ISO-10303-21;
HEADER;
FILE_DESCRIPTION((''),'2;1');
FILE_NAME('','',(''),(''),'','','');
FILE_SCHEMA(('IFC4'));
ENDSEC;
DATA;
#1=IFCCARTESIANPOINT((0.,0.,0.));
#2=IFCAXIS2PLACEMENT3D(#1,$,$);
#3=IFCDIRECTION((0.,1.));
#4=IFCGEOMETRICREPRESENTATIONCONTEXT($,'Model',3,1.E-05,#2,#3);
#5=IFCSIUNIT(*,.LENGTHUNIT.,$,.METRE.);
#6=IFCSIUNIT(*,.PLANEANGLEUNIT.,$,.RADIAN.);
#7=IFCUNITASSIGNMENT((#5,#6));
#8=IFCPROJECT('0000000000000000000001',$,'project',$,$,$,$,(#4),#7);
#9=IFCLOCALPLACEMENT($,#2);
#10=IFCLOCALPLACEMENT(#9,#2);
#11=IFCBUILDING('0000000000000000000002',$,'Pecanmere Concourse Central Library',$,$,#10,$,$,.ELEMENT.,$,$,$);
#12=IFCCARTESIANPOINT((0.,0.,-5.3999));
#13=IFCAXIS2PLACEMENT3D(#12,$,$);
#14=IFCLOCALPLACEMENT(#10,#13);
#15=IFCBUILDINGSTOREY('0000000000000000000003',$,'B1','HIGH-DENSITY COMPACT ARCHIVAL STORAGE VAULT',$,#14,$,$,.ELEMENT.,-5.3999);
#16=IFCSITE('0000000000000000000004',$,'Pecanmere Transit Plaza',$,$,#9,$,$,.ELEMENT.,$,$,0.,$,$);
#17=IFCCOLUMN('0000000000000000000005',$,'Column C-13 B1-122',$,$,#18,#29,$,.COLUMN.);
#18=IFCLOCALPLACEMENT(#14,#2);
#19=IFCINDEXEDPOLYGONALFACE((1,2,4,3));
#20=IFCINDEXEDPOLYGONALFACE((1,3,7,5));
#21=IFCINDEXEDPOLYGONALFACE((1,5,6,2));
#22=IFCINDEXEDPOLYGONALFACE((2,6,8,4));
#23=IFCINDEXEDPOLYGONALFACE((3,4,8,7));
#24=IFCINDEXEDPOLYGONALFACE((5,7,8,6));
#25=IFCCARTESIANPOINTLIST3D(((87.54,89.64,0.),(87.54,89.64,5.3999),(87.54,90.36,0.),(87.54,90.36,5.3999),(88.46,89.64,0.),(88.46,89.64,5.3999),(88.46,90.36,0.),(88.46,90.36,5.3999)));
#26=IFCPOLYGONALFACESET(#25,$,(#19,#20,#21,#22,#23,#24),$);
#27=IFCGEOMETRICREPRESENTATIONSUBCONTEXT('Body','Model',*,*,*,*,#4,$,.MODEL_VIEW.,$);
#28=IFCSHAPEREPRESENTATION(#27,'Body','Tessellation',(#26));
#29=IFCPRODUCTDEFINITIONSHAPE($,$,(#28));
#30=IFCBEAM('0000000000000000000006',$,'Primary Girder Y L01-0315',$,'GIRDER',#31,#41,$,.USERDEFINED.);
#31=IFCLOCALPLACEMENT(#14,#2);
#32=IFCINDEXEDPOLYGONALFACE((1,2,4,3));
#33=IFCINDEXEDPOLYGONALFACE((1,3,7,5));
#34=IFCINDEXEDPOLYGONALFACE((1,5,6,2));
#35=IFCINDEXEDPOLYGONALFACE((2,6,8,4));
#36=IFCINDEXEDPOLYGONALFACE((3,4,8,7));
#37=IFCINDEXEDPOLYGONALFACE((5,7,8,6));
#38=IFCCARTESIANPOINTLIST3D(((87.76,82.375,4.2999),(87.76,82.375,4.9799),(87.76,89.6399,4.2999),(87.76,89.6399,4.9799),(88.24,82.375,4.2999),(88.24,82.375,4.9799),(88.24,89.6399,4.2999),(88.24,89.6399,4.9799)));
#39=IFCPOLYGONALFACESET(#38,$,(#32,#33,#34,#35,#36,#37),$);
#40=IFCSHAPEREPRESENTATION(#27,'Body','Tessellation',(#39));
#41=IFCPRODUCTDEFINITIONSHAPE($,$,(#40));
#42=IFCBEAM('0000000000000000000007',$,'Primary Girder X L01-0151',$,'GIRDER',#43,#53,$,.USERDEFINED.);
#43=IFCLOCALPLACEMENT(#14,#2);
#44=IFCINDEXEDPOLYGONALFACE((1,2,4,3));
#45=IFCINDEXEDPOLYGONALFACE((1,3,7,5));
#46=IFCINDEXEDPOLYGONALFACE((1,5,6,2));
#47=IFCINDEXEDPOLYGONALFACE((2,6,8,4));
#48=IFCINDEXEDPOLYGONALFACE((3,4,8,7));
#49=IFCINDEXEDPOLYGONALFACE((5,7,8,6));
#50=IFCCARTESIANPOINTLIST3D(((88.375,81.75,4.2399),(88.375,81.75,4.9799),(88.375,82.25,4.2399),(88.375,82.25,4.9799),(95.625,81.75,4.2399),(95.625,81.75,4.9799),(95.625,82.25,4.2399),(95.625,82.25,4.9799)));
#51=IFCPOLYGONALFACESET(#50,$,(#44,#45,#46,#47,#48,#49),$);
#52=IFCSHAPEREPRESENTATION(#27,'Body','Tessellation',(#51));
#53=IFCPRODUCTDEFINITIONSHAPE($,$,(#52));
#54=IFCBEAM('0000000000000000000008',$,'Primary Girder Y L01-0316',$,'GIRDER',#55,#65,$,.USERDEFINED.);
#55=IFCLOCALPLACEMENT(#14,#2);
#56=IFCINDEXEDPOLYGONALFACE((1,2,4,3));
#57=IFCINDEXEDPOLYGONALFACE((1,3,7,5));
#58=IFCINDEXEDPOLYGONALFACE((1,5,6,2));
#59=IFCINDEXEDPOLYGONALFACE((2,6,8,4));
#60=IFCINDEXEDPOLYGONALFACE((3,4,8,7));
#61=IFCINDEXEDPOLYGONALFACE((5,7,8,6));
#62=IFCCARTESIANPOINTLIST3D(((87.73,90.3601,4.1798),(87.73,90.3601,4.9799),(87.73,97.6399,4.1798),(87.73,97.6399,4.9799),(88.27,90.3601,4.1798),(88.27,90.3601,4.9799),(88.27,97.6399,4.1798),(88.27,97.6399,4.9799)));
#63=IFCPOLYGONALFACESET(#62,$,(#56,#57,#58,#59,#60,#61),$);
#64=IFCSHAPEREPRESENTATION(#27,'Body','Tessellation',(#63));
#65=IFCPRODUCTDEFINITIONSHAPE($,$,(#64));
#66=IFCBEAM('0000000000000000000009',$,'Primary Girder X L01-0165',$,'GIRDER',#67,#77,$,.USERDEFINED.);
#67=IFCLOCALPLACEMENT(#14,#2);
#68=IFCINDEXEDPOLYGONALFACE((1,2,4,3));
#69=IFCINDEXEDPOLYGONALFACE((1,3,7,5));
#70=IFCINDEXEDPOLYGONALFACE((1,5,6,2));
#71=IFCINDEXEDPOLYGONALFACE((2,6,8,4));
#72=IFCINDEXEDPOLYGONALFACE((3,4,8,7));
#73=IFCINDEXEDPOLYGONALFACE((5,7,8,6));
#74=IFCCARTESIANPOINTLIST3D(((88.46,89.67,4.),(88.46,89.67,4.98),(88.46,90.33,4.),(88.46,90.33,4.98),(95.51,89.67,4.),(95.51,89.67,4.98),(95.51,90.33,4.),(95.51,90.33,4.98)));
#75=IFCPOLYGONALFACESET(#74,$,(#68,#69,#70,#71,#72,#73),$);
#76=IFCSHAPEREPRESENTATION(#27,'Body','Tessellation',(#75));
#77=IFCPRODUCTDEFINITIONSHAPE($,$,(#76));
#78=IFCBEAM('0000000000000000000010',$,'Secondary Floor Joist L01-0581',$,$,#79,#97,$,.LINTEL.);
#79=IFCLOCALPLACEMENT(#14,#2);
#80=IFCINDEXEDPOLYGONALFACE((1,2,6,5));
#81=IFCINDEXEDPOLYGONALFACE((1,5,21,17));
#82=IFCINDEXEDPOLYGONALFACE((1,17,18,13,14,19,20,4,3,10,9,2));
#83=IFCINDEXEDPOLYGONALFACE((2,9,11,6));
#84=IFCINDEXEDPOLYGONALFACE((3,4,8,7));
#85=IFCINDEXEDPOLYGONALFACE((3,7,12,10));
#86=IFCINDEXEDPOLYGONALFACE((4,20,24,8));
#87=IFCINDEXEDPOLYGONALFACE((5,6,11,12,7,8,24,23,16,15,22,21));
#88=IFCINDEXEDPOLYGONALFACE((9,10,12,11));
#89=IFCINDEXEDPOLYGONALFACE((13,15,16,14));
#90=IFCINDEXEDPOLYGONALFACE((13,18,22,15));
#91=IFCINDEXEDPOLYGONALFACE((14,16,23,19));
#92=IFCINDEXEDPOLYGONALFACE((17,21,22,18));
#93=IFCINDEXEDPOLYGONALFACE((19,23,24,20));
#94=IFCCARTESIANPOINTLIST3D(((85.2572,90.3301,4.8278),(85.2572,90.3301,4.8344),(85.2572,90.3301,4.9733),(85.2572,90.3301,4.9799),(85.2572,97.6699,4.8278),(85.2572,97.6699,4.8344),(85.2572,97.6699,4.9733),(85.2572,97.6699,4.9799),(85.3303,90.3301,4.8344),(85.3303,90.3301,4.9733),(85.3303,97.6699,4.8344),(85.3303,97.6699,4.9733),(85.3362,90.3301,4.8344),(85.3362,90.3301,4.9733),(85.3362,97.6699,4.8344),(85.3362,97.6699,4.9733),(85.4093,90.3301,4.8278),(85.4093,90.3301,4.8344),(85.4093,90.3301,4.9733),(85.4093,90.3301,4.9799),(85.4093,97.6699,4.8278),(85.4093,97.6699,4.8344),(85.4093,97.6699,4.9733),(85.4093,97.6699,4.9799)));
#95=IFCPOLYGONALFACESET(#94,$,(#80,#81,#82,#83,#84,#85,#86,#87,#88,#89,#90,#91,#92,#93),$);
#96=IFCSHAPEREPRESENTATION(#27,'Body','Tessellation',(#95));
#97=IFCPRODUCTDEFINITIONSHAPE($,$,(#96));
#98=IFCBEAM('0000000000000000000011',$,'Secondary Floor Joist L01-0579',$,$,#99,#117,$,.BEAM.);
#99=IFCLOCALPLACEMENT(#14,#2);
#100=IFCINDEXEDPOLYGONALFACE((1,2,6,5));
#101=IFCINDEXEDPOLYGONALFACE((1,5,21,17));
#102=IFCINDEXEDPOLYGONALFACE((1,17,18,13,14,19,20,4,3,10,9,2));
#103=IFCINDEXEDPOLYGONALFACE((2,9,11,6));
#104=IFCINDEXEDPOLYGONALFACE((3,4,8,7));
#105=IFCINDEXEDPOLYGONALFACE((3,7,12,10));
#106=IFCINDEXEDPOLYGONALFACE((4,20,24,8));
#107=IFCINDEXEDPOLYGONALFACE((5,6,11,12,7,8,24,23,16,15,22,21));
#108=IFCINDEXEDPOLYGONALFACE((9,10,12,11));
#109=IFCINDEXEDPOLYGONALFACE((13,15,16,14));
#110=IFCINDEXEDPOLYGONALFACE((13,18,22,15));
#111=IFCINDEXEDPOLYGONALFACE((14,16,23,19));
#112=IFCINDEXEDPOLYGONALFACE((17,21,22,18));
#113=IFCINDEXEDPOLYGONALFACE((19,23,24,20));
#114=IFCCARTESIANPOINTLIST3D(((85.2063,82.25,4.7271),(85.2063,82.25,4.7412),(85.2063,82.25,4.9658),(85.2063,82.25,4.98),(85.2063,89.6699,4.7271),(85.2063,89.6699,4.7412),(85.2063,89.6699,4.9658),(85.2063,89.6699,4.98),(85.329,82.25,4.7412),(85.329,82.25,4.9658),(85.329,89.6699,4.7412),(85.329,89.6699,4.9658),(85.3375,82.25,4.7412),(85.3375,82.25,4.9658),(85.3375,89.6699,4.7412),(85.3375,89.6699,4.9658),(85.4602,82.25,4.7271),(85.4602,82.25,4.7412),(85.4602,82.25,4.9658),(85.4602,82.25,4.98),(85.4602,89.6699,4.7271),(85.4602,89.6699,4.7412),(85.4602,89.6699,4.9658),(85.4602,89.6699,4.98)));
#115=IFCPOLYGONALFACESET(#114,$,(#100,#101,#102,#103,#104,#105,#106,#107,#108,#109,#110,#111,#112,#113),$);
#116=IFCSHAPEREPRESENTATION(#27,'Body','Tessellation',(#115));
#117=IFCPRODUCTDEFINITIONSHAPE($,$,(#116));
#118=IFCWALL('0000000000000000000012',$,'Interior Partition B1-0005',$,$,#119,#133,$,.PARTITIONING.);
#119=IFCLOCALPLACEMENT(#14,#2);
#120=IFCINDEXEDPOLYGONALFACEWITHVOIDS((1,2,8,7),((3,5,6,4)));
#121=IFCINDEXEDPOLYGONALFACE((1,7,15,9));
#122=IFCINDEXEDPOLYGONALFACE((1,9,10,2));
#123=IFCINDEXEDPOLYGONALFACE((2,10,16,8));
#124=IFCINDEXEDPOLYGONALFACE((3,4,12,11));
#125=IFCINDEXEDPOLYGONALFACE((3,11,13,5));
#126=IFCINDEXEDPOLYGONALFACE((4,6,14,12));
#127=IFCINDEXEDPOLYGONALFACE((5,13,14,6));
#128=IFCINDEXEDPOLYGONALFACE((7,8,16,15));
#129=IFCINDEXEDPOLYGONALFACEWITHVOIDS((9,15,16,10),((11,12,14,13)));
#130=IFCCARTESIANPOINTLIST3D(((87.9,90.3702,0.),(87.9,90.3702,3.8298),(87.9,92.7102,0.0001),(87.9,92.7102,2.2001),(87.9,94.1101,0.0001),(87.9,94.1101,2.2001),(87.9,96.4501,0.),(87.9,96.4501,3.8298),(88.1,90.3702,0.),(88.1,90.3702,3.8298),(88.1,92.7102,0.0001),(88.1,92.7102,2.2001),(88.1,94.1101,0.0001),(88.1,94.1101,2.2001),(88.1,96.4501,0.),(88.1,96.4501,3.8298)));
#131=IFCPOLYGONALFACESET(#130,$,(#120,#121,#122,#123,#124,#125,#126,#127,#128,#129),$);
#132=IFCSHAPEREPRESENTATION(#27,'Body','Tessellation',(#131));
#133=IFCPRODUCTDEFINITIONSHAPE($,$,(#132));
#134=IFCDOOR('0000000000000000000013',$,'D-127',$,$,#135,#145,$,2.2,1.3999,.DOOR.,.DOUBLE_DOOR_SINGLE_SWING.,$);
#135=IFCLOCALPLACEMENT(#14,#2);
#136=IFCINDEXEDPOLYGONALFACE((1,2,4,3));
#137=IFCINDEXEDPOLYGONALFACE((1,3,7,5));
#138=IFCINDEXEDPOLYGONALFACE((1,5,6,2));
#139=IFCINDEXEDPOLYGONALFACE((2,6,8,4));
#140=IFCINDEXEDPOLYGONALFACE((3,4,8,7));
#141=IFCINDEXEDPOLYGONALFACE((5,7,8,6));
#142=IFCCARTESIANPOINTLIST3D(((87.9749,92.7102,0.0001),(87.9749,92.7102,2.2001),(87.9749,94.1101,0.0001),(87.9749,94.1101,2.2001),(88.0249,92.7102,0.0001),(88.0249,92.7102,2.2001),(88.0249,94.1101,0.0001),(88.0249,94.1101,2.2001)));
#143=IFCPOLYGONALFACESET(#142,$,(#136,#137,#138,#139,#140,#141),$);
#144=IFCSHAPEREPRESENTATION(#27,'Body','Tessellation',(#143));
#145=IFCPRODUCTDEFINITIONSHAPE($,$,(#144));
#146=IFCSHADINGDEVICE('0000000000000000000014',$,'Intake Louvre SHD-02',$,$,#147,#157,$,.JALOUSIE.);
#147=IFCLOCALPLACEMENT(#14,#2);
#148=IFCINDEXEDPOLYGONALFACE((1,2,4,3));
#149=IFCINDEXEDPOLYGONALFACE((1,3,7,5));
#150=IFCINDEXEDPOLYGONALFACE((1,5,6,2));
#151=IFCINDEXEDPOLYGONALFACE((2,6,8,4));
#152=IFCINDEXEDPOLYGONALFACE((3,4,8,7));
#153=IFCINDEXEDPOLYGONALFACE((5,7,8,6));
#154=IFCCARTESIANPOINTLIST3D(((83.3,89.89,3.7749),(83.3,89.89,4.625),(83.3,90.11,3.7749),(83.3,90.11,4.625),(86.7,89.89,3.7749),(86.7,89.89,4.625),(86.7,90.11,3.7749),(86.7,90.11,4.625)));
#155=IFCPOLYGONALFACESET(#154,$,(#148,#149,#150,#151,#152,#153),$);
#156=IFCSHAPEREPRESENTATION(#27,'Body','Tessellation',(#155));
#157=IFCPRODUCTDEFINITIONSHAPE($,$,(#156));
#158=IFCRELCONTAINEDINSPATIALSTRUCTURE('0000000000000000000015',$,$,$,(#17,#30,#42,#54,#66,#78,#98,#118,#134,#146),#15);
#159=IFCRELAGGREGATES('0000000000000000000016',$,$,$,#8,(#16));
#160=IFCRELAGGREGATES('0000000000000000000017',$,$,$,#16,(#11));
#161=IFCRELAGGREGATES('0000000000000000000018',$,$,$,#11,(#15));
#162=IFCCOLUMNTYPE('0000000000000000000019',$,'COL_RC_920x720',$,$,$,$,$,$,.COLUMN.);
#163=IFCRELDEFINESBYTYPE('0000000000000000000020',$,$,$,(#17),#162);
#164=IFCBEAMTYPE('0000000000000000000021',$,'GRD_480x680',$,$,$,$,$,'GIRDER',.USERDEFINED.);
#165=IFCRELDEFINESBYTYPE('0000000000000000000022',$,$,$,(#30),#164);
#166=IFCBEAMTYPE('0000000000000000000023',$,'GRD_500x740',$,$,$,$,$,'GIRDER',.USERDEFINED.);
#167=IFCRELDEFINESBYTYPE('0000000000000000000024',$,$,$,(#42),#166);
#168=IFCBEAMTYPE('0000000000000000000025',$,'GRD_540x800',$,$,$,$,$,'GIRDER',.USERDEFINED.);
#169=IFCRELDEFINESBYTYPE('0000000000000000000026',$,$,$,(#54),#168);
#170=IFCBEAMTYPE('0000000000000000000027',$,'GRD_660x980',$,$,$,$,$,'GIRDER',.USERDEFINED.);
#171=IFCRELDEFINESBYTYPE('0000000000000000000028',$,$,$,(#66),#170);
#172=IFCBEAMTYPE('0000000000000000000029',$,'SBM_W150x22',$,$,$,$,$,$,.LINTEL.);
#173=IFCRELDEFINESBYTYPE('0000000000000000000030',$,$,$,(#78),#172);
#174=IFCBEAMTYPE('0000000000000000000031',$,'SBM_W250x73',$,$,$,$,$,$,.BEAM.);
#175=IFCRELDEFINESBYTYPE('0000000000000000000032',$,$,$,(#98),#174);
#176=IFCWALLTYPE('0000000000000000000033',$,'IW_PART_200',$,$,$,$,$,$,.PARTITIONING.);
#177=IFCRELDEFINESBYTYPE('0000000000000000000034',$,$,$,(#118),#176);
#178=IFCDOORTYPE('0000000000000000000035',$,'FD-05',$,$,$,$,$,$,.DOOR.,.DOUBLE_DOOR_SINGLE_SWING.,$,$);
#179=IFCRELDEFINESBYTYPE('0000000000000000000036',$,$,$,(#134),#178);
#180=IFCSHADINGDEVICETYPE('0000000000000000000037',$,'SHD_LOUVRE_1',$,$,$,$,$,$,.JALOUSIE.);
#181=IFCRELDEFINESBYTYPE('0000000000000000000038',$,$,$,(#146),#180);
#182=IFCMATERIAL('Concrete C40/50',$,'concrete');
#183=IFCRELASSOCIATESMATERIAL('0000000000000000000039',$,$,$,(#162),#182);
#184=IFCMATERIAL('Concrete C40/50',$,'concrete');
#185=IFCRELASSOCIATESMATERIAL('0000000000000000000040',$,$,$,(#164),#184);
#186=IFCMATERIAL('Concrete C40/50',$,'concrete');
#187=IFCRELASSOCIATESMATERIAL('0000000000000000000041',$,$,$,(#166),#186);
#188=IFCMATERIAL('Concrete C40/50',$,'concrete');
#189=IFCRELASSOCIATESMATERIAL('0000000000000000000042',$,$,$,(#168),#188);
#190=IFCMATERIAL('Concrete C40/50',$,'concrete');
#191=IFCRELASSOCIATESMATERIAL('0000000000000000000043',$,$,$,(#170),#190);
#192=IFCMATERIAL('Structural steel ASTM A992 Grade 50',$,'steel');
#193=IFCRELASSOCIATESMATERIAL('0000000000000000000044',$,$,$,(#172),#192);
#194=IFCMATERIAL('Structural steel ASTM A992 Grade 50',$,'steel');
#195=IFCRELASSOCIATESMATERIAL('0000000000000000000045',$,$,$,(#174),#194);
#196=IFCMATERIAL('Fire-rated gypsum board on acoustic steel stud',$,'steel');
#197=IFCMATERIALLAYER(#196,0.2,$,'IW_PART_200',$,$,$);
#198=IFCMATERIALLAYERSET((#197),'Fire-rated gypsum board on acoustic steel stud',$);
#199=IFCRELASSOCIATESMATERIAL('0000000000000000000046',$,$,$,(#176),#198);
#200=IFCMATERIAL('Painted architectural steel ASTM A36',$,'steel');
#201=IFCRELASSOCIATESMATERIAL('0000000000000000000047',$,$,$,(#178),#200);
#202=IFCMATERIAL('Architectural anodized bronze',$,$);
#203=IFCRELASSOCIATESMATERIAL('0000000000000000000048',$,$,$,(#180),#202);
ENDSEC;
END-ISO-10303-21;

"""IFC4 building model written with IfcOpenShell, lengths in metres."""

from ifc_helpers import new_model, si_unit, direction, frame, frame_2d, origin, origin_2d, place, context, subcontext, project, spatial, rectangle, i_section, extrude, material, layer, layer_set, material_profile, profile_set, type_object, element, fill, save


model = new_model("IFC4")

# Units and contexts
model_context = context("Model", 3, precision=1e-05, world=origin(), true_north=direction((0.0, 1.0)))
body_context = subcontext(model_context, "Body", "Model", "MODEL_VIEW")
ifc_project = project(units=[si_unit("LENGTHUNIT", "METRE"), si_unit("PLANEANGLEUNIT", "RADIAN")], contexts=[model_context])

# Site, building, storey
site_placement = place(None, origin())
site = spatial("IfcSite", under=ifc_project, at=site_placement, Name="Pecanmere Transit Plaza", CompositionType="ELEMENT", RefElevation=0.0)
building_placement = place(site_placement, origin())
building = spatial("IfcBuilding", under=site, at=building_placement, Name="Pecanmere Concourse Central Library", CompositionType="ELEMENT")
storey_placement = place(building_placement, frame((0.0, 0.0, -5.3999)))
storey = spatial("IfcBuildingStorey", under=building, at=storey_placement, Name="B1", Description="HIGH-DENSITY COMPACT ARCHIVAL STORAGE VAULT", CompositionType="ELEMENT", Elevation=-5.3999)

# Column
ifc_material_1 = material(Name="Concrete C40/50", Category="concrete")
ifc_material_profile_1 = material_profile(ifc_material_1, rectangle(XDim=0.9199, YDim=0.72, at=origin_2d()), Name="RC 920x720")
ifc_profile_set_1 = profile_set([ifc_material_profile_1], Name="Concrete C40/50")
column_type_1 = type_object("IfcColumnType", Name="COL_RC_920x720", PredefinedType="COLUMN", material=ifc_profile_set_1)
column_1_placement = place(storey_placement, frame((88.0, 90.0, 0.0), z_axis=(0.0, 0.0, 1.0), x_axis=(1.0, 0.0, 0.0)))
element("IfcColumn", 1, at=column_1_placement, inside=storey, type_object=column_type_1, Name="Column C-13 B1-122", PredefinedType="COLUMN", context=body_context, shape_type="SweptSolid", body=[
    extrude(rectangle(XDim=0.9199, YDim=0.72, at=origin_2d()), origin(), (0.0, 0.0, 1.0), 5.3999),
])

# Beams
ifc_material_2 = material(Name="Concrete C40/50", Category="concrete")
ifc_material_profile_2 = material_profile(ifc_material_2, rectangle(XDim=0.48, YDim=0.6799, at=origin_2d()), Name="RC 480x680")
ifc_profile_set_2 = profile_set([ifc_material_profile_2], Name="Concrete C40/50")
beam_type_1 = type_object("IfcBeamType", Name="GRD_480x680", ElementType="GIRDER", PredefinedType="USERDEFINED", material=ifc_profile_set_2)
beam_1_placement = place(storey_placement, frame((88.0, 82.375, 4.6399), z_axis=(0.0, 1.0, 0.0), x_axis=(-1.0, 0.0, 0.0)))
element("IfcBeam", 2, at=beam_1_placement, inside=storey, type_object=beam_type_1, Name="Primary Girder Y L01-0315", ObjectType="GIRDER", PredefinedType="USERDEFINED", context=body_context, shape_type="SweptSolid", body=[
    extrude(rectangle(XDim=0.48, YDim=0.6799, at=origin_2d()), origin(), (0.0, 0.0, 1.0), 7.2649),
])
ifc_material_3 = material(Name="Concrete C40/50", Category="concrete")
ifc_material_profile_3 = material_profile(ifc_material_3, rectangle(XDim=0.5, YDim=0.74, at=origin_2d()), Name="RC 500x740")
ifc_profile_set_3 = profile_set([ifc_material_profile_3], Name="Concrete C40/50")
beam_type_2 = type_object("IfcBeamType", Name="GRD_500x740", ElementType="GIRDER", PredefinedType="USERDEFINED", material=ifc_profile_set_3)
beam_2_placement = place(storey_placement, frame((88.375, 82.0, 4.6099), z_axis=(1.0, 0.0, 0.0), x_axis=(0.0, 1.0, 0.0)))
element("IfcBeam", 3, at=beam_2_placement, inside=storey, type_object=beam_type_2, Name="Primary Girder X L01-0151", ObjectType="GIRDER", PredefinedType="USERDEFINED", context=body_context, shape_type="SweptSolid", body=[
    extrude(rectangle(XDim=0.5, YDim=0.74, at=origin_2d()), origin(), (0.0, 0.0, 1.0), 7.25),
])
ifc_material_4 = material(Name="Concrete C40/50", Category="concrete")
ifc_material_profile_4 = material_profile(ifc_material_4, rectangle(XDim=0.54, YDim=0.8, at=origin_2d()), Name="RC 540x800")
ifc_profile_set_4 = profile_set([ifc_material_profile_4], Name="Concrete C40/50")
beam_type_3 = type_object("IfcBeamType", Name="GRD_540x800", ElementType="GIRDER", PredefinedType="USERDEFINED", material=ifc_profile_set_4)
beam_3_placement = place(storey_placement, frame((88.0, 90.3601, 4.5798), z_axis=(0.0, 1.0, 0.0), x_axis=(-1.0, 0.0, 0.0)))
element("IfcBeam", 4, at=beam_3_placement, inside=storey, type_object=beam_type_3, Name="Primary Girder Y L01-0316", ObjectType="GIRDER", PredefinedType="USERDEFINED", context=body_context, shape_type="SweptSolid", body=[
    extrude(rectangle(XDim=0.54, YDim=0.8, at=origin_2d()), origin(), (0.0, 0.0, 1.0), 7.2798),
])
ifc_material_5 = material(Name="Concrete C40/50", Category="concrete")
ifc_material_profile_5 = material_profile(ifc_material_5, rectangle(XDim=0.6599, YDim=0.98, at=origin_2d()), Name="RC 660x980")
ifc_profile_set_5 = profile_set([ifc_material_profile_5], Name="Concrete C40/50")
beam_type_4 = type_object("IfcBeamType", Name="GRD_660x980", ElementType="GIRDER", PredefinedType="USERDEFINED", material=ifc_profile_set_5)
beam_4_placement = place(storey_placement, frame((88.46, 90.0, 4.49), z_axis=(1.0, 0.0, 0.0), x_axis=(0.0, 1.0, 0.0)))
element("IfcBeam", 5, at=beam_4_placement, inside=storey, type_object=beam_type_4, Name="Primary Girder X L01-0165", ObjectType="GIRDER", PredefinedType="USERDEFINED", context=body_context, shape_type="SweptSolid", body=[
    extrude(rectangle(XDim=0.6599, YDim=0.98, at=origin_2d()), origin(), (0.0, 0.0, 1.0), 7.05),
])
ifc_material_6 = material(Name="Structural steel ASTM A992 Grade 50", Category="steel")
ifc_material_profile_6 = material_profile(ifc_material_6, i_section(OverallWidth=0.1521, OverallDepth=0.1521, WebThickness=0.0059, FlangeThickness=0.0066, at=origin_2d()), Name="W150x22.5")
ifc_profile_set_6 = profile_set([ifc_material_profile_6], Name="Structural steel ASTM A992 Grade 50")
beam_type_5 = type_object("IfcBeamType", Name="SBM_W150x22", PredefinedType="LINTEL", material=ifc_profile_set_6)
beam_5_placement = place(storey_placement, frame((85.3333, 90.3301, 4.9038), z_axis=(0.0, 1.0, 0.0), x_axis=(-1.0, 0.0, 0.0)))
element("IfcBeam", 6, at=beam_5_placement, inside=storey, type_object=beam_type_5, Name="Secondary Floor Joist L01-0581", PredefinedType="LINTEL", context=body_context, shape_type="SweptSolid", body=[
    extrude(i_section(OverallWidth=0.1521, OverallDepth=0.1521, WebThickness=0.0059, FlangeThickness=0.0066, at=origin_2d()), origin(), (0.0, 0.0, 1.0), 7.3398),
])
ifc_material_7 = material(Name="Structural steel ASTM A992 Grade 50", Category="steel")
ifc_material_profile_7 = material_profile(ifc_material_7, i_section(OverallWidth=0.2539, OverallDepth=0.2529, WebThickness=0.0085, FlangeThickness=0.0142, at=origin_2d()), Name="W250x73")
ifc_profile_set_7 = profile_set([ifc_material_profile_7], Name="Structural steel ASTM A992 Grade 50")
beam_type_6 = type_object("IfcBeamType", Name="SBM_W250x73", PredefinedType="BEAM", material=ifc_profile_set_7)
beam_6_placement = place(storey_placement, frame((85.3333, 82.25, 4.8535), z_axis=(0.0, 1.0, 0.0), x_axis=(-1.0, 0.0, 0.0)))
element("IfcBeam", 7, at=beam_6_placement, inside=storey, type_object=beam_type_6, Name="Secondary Floor Joist L01-0579", PredefinedType="BEAM", context=body_context, shape_type="SweptSolid", body=[
    extrude(i_section(OverallWidth=0.2539, OverallDepth=0.2529, WebThickness=0.0085, FlangeThickness=0.0142, at=origin_2d()), origin(), (0.0, 0.0, 1.0), 7.4199),
])

# Wall, opening, door
ifc_material_8 = material(Name="Fire-rated gypsum board on acoustic steel stud", Category="steel")
ifc_layer = layer(ifc_material_8, 0.2, Name="IW_PART_200")
ifc_layer_set = layer_set([ifc_layer], Name="Fire-rated gypsum board on acoustic steel stud")
wall_type = type_object("IfcWallType", Name="IW_PART_200", PredefinedType="PARTITIONING", material=ifc_layer_set)
wall_placement = place(storey_placement, frame((88.0, 90.3701, 0.0), z_axis=(0.0, 0.0, 1.0), x_axis=(0.0, 1.0, 0.0)))
wall = element("IfcWall", 8, at=wall_placement, inside=storey, type_object=wall_type, Name="Interior Partition B1-0005", PredefinedType="PARTITIONING", context=body_context, shape_type="SweptSolid", body=[
    extrude(rectangle(XDim=6.0798, YDim=0.2, at=frame_2d((3.04, 0.0))), origin(), (0.0, 0.0, 1.0), 3.8298),
])
opening_placement = place(wall_placement, frame((2.3401, 0.0, 0.0)))
opening = element("IfcOpeningElement", 9, at=opening_placement, cuts=wall, PredefinedType="OPENING", context=body_context, shape_type="SweptSolid", body=[
    extrude(rectangle(XDim=1.3999, YDim=2.2, at=frame_2d((0.7, 1.1001))), frame((0.0, 0.1118, 0.0), z_axis=(0.0, -1.0, 0.0), x_axis=(1.0, 0.0, 0.0)), (0.0, 0.0, 1.0), 0.2239),
])
ifc_material_9 = material(Name="Painted architectural steel ASTM A36", Category="steel")
door_type = type_object("IfcDoorType", Name="FD-05", OperationType="DOUBLE_DOOR_SINGLE_SWING", PredefinedType="DOOR", material=ifc_material_9)
door_placement = place(opening_placement, frame((1.3999, 0.0, 0.0), z_axis=(0.0, 0.0, 1.0), x_axis=(-1.0, 0.0, 0.0)))
door = element("IfcDoor", 10, at=door_placement, inside=storey, type_object=door_type, Name="D-127", OperationType="DOUBLE_DOOR_SINGLE_SWING", OverallHeight=2.2, OverallWidth=1.3999, PredefinedType="DOOR", context=body_context, shape_type="SweptSolid", body=[
    extrude(rectangle(XDim=1.3999, YDim=2.2, at=frame_2d((0.7, 1.1001))), frame((0.0, 0.0249, 0.0), z_axis=(0.0, -1.0, 0.0), x_axis=(1.0, 0.0, 0.0)), (0.0, 0.0, 1.0), 0.05),
])
fill(opening, door)

# Shading device
ifc_material_10 = material(Name="Architectural anodized bronze")
shading_device_type = type_object("IfcShadingDeviceType", Name="SHD_LOUVRE_1", PredefinedType="JALOUSIE", material=ifc_material_10)
shading_device_placement = place(storey_placement, frame((85.0, 90.0, 3.7749), z_axis=(0.0, 0.0, 1.0), x_axis=(1.0, 0.0, 0.0)))
element("IfcShadingDevice", 11, at=shading_device_placement, inside=storey, type_object=shading_device_type, Name="Intake Louvre SHD-02", PredefinedType="JALOUSIE", context=body_context, shape_type="SweptSolid", body=[
    extrude(rectangle(XDim=3.3999, YDim=0.22, at=origin_2d()), origin(), (0.0, 0.0, 1.0), 0.8501),
])

save(model, "model.ifc")
